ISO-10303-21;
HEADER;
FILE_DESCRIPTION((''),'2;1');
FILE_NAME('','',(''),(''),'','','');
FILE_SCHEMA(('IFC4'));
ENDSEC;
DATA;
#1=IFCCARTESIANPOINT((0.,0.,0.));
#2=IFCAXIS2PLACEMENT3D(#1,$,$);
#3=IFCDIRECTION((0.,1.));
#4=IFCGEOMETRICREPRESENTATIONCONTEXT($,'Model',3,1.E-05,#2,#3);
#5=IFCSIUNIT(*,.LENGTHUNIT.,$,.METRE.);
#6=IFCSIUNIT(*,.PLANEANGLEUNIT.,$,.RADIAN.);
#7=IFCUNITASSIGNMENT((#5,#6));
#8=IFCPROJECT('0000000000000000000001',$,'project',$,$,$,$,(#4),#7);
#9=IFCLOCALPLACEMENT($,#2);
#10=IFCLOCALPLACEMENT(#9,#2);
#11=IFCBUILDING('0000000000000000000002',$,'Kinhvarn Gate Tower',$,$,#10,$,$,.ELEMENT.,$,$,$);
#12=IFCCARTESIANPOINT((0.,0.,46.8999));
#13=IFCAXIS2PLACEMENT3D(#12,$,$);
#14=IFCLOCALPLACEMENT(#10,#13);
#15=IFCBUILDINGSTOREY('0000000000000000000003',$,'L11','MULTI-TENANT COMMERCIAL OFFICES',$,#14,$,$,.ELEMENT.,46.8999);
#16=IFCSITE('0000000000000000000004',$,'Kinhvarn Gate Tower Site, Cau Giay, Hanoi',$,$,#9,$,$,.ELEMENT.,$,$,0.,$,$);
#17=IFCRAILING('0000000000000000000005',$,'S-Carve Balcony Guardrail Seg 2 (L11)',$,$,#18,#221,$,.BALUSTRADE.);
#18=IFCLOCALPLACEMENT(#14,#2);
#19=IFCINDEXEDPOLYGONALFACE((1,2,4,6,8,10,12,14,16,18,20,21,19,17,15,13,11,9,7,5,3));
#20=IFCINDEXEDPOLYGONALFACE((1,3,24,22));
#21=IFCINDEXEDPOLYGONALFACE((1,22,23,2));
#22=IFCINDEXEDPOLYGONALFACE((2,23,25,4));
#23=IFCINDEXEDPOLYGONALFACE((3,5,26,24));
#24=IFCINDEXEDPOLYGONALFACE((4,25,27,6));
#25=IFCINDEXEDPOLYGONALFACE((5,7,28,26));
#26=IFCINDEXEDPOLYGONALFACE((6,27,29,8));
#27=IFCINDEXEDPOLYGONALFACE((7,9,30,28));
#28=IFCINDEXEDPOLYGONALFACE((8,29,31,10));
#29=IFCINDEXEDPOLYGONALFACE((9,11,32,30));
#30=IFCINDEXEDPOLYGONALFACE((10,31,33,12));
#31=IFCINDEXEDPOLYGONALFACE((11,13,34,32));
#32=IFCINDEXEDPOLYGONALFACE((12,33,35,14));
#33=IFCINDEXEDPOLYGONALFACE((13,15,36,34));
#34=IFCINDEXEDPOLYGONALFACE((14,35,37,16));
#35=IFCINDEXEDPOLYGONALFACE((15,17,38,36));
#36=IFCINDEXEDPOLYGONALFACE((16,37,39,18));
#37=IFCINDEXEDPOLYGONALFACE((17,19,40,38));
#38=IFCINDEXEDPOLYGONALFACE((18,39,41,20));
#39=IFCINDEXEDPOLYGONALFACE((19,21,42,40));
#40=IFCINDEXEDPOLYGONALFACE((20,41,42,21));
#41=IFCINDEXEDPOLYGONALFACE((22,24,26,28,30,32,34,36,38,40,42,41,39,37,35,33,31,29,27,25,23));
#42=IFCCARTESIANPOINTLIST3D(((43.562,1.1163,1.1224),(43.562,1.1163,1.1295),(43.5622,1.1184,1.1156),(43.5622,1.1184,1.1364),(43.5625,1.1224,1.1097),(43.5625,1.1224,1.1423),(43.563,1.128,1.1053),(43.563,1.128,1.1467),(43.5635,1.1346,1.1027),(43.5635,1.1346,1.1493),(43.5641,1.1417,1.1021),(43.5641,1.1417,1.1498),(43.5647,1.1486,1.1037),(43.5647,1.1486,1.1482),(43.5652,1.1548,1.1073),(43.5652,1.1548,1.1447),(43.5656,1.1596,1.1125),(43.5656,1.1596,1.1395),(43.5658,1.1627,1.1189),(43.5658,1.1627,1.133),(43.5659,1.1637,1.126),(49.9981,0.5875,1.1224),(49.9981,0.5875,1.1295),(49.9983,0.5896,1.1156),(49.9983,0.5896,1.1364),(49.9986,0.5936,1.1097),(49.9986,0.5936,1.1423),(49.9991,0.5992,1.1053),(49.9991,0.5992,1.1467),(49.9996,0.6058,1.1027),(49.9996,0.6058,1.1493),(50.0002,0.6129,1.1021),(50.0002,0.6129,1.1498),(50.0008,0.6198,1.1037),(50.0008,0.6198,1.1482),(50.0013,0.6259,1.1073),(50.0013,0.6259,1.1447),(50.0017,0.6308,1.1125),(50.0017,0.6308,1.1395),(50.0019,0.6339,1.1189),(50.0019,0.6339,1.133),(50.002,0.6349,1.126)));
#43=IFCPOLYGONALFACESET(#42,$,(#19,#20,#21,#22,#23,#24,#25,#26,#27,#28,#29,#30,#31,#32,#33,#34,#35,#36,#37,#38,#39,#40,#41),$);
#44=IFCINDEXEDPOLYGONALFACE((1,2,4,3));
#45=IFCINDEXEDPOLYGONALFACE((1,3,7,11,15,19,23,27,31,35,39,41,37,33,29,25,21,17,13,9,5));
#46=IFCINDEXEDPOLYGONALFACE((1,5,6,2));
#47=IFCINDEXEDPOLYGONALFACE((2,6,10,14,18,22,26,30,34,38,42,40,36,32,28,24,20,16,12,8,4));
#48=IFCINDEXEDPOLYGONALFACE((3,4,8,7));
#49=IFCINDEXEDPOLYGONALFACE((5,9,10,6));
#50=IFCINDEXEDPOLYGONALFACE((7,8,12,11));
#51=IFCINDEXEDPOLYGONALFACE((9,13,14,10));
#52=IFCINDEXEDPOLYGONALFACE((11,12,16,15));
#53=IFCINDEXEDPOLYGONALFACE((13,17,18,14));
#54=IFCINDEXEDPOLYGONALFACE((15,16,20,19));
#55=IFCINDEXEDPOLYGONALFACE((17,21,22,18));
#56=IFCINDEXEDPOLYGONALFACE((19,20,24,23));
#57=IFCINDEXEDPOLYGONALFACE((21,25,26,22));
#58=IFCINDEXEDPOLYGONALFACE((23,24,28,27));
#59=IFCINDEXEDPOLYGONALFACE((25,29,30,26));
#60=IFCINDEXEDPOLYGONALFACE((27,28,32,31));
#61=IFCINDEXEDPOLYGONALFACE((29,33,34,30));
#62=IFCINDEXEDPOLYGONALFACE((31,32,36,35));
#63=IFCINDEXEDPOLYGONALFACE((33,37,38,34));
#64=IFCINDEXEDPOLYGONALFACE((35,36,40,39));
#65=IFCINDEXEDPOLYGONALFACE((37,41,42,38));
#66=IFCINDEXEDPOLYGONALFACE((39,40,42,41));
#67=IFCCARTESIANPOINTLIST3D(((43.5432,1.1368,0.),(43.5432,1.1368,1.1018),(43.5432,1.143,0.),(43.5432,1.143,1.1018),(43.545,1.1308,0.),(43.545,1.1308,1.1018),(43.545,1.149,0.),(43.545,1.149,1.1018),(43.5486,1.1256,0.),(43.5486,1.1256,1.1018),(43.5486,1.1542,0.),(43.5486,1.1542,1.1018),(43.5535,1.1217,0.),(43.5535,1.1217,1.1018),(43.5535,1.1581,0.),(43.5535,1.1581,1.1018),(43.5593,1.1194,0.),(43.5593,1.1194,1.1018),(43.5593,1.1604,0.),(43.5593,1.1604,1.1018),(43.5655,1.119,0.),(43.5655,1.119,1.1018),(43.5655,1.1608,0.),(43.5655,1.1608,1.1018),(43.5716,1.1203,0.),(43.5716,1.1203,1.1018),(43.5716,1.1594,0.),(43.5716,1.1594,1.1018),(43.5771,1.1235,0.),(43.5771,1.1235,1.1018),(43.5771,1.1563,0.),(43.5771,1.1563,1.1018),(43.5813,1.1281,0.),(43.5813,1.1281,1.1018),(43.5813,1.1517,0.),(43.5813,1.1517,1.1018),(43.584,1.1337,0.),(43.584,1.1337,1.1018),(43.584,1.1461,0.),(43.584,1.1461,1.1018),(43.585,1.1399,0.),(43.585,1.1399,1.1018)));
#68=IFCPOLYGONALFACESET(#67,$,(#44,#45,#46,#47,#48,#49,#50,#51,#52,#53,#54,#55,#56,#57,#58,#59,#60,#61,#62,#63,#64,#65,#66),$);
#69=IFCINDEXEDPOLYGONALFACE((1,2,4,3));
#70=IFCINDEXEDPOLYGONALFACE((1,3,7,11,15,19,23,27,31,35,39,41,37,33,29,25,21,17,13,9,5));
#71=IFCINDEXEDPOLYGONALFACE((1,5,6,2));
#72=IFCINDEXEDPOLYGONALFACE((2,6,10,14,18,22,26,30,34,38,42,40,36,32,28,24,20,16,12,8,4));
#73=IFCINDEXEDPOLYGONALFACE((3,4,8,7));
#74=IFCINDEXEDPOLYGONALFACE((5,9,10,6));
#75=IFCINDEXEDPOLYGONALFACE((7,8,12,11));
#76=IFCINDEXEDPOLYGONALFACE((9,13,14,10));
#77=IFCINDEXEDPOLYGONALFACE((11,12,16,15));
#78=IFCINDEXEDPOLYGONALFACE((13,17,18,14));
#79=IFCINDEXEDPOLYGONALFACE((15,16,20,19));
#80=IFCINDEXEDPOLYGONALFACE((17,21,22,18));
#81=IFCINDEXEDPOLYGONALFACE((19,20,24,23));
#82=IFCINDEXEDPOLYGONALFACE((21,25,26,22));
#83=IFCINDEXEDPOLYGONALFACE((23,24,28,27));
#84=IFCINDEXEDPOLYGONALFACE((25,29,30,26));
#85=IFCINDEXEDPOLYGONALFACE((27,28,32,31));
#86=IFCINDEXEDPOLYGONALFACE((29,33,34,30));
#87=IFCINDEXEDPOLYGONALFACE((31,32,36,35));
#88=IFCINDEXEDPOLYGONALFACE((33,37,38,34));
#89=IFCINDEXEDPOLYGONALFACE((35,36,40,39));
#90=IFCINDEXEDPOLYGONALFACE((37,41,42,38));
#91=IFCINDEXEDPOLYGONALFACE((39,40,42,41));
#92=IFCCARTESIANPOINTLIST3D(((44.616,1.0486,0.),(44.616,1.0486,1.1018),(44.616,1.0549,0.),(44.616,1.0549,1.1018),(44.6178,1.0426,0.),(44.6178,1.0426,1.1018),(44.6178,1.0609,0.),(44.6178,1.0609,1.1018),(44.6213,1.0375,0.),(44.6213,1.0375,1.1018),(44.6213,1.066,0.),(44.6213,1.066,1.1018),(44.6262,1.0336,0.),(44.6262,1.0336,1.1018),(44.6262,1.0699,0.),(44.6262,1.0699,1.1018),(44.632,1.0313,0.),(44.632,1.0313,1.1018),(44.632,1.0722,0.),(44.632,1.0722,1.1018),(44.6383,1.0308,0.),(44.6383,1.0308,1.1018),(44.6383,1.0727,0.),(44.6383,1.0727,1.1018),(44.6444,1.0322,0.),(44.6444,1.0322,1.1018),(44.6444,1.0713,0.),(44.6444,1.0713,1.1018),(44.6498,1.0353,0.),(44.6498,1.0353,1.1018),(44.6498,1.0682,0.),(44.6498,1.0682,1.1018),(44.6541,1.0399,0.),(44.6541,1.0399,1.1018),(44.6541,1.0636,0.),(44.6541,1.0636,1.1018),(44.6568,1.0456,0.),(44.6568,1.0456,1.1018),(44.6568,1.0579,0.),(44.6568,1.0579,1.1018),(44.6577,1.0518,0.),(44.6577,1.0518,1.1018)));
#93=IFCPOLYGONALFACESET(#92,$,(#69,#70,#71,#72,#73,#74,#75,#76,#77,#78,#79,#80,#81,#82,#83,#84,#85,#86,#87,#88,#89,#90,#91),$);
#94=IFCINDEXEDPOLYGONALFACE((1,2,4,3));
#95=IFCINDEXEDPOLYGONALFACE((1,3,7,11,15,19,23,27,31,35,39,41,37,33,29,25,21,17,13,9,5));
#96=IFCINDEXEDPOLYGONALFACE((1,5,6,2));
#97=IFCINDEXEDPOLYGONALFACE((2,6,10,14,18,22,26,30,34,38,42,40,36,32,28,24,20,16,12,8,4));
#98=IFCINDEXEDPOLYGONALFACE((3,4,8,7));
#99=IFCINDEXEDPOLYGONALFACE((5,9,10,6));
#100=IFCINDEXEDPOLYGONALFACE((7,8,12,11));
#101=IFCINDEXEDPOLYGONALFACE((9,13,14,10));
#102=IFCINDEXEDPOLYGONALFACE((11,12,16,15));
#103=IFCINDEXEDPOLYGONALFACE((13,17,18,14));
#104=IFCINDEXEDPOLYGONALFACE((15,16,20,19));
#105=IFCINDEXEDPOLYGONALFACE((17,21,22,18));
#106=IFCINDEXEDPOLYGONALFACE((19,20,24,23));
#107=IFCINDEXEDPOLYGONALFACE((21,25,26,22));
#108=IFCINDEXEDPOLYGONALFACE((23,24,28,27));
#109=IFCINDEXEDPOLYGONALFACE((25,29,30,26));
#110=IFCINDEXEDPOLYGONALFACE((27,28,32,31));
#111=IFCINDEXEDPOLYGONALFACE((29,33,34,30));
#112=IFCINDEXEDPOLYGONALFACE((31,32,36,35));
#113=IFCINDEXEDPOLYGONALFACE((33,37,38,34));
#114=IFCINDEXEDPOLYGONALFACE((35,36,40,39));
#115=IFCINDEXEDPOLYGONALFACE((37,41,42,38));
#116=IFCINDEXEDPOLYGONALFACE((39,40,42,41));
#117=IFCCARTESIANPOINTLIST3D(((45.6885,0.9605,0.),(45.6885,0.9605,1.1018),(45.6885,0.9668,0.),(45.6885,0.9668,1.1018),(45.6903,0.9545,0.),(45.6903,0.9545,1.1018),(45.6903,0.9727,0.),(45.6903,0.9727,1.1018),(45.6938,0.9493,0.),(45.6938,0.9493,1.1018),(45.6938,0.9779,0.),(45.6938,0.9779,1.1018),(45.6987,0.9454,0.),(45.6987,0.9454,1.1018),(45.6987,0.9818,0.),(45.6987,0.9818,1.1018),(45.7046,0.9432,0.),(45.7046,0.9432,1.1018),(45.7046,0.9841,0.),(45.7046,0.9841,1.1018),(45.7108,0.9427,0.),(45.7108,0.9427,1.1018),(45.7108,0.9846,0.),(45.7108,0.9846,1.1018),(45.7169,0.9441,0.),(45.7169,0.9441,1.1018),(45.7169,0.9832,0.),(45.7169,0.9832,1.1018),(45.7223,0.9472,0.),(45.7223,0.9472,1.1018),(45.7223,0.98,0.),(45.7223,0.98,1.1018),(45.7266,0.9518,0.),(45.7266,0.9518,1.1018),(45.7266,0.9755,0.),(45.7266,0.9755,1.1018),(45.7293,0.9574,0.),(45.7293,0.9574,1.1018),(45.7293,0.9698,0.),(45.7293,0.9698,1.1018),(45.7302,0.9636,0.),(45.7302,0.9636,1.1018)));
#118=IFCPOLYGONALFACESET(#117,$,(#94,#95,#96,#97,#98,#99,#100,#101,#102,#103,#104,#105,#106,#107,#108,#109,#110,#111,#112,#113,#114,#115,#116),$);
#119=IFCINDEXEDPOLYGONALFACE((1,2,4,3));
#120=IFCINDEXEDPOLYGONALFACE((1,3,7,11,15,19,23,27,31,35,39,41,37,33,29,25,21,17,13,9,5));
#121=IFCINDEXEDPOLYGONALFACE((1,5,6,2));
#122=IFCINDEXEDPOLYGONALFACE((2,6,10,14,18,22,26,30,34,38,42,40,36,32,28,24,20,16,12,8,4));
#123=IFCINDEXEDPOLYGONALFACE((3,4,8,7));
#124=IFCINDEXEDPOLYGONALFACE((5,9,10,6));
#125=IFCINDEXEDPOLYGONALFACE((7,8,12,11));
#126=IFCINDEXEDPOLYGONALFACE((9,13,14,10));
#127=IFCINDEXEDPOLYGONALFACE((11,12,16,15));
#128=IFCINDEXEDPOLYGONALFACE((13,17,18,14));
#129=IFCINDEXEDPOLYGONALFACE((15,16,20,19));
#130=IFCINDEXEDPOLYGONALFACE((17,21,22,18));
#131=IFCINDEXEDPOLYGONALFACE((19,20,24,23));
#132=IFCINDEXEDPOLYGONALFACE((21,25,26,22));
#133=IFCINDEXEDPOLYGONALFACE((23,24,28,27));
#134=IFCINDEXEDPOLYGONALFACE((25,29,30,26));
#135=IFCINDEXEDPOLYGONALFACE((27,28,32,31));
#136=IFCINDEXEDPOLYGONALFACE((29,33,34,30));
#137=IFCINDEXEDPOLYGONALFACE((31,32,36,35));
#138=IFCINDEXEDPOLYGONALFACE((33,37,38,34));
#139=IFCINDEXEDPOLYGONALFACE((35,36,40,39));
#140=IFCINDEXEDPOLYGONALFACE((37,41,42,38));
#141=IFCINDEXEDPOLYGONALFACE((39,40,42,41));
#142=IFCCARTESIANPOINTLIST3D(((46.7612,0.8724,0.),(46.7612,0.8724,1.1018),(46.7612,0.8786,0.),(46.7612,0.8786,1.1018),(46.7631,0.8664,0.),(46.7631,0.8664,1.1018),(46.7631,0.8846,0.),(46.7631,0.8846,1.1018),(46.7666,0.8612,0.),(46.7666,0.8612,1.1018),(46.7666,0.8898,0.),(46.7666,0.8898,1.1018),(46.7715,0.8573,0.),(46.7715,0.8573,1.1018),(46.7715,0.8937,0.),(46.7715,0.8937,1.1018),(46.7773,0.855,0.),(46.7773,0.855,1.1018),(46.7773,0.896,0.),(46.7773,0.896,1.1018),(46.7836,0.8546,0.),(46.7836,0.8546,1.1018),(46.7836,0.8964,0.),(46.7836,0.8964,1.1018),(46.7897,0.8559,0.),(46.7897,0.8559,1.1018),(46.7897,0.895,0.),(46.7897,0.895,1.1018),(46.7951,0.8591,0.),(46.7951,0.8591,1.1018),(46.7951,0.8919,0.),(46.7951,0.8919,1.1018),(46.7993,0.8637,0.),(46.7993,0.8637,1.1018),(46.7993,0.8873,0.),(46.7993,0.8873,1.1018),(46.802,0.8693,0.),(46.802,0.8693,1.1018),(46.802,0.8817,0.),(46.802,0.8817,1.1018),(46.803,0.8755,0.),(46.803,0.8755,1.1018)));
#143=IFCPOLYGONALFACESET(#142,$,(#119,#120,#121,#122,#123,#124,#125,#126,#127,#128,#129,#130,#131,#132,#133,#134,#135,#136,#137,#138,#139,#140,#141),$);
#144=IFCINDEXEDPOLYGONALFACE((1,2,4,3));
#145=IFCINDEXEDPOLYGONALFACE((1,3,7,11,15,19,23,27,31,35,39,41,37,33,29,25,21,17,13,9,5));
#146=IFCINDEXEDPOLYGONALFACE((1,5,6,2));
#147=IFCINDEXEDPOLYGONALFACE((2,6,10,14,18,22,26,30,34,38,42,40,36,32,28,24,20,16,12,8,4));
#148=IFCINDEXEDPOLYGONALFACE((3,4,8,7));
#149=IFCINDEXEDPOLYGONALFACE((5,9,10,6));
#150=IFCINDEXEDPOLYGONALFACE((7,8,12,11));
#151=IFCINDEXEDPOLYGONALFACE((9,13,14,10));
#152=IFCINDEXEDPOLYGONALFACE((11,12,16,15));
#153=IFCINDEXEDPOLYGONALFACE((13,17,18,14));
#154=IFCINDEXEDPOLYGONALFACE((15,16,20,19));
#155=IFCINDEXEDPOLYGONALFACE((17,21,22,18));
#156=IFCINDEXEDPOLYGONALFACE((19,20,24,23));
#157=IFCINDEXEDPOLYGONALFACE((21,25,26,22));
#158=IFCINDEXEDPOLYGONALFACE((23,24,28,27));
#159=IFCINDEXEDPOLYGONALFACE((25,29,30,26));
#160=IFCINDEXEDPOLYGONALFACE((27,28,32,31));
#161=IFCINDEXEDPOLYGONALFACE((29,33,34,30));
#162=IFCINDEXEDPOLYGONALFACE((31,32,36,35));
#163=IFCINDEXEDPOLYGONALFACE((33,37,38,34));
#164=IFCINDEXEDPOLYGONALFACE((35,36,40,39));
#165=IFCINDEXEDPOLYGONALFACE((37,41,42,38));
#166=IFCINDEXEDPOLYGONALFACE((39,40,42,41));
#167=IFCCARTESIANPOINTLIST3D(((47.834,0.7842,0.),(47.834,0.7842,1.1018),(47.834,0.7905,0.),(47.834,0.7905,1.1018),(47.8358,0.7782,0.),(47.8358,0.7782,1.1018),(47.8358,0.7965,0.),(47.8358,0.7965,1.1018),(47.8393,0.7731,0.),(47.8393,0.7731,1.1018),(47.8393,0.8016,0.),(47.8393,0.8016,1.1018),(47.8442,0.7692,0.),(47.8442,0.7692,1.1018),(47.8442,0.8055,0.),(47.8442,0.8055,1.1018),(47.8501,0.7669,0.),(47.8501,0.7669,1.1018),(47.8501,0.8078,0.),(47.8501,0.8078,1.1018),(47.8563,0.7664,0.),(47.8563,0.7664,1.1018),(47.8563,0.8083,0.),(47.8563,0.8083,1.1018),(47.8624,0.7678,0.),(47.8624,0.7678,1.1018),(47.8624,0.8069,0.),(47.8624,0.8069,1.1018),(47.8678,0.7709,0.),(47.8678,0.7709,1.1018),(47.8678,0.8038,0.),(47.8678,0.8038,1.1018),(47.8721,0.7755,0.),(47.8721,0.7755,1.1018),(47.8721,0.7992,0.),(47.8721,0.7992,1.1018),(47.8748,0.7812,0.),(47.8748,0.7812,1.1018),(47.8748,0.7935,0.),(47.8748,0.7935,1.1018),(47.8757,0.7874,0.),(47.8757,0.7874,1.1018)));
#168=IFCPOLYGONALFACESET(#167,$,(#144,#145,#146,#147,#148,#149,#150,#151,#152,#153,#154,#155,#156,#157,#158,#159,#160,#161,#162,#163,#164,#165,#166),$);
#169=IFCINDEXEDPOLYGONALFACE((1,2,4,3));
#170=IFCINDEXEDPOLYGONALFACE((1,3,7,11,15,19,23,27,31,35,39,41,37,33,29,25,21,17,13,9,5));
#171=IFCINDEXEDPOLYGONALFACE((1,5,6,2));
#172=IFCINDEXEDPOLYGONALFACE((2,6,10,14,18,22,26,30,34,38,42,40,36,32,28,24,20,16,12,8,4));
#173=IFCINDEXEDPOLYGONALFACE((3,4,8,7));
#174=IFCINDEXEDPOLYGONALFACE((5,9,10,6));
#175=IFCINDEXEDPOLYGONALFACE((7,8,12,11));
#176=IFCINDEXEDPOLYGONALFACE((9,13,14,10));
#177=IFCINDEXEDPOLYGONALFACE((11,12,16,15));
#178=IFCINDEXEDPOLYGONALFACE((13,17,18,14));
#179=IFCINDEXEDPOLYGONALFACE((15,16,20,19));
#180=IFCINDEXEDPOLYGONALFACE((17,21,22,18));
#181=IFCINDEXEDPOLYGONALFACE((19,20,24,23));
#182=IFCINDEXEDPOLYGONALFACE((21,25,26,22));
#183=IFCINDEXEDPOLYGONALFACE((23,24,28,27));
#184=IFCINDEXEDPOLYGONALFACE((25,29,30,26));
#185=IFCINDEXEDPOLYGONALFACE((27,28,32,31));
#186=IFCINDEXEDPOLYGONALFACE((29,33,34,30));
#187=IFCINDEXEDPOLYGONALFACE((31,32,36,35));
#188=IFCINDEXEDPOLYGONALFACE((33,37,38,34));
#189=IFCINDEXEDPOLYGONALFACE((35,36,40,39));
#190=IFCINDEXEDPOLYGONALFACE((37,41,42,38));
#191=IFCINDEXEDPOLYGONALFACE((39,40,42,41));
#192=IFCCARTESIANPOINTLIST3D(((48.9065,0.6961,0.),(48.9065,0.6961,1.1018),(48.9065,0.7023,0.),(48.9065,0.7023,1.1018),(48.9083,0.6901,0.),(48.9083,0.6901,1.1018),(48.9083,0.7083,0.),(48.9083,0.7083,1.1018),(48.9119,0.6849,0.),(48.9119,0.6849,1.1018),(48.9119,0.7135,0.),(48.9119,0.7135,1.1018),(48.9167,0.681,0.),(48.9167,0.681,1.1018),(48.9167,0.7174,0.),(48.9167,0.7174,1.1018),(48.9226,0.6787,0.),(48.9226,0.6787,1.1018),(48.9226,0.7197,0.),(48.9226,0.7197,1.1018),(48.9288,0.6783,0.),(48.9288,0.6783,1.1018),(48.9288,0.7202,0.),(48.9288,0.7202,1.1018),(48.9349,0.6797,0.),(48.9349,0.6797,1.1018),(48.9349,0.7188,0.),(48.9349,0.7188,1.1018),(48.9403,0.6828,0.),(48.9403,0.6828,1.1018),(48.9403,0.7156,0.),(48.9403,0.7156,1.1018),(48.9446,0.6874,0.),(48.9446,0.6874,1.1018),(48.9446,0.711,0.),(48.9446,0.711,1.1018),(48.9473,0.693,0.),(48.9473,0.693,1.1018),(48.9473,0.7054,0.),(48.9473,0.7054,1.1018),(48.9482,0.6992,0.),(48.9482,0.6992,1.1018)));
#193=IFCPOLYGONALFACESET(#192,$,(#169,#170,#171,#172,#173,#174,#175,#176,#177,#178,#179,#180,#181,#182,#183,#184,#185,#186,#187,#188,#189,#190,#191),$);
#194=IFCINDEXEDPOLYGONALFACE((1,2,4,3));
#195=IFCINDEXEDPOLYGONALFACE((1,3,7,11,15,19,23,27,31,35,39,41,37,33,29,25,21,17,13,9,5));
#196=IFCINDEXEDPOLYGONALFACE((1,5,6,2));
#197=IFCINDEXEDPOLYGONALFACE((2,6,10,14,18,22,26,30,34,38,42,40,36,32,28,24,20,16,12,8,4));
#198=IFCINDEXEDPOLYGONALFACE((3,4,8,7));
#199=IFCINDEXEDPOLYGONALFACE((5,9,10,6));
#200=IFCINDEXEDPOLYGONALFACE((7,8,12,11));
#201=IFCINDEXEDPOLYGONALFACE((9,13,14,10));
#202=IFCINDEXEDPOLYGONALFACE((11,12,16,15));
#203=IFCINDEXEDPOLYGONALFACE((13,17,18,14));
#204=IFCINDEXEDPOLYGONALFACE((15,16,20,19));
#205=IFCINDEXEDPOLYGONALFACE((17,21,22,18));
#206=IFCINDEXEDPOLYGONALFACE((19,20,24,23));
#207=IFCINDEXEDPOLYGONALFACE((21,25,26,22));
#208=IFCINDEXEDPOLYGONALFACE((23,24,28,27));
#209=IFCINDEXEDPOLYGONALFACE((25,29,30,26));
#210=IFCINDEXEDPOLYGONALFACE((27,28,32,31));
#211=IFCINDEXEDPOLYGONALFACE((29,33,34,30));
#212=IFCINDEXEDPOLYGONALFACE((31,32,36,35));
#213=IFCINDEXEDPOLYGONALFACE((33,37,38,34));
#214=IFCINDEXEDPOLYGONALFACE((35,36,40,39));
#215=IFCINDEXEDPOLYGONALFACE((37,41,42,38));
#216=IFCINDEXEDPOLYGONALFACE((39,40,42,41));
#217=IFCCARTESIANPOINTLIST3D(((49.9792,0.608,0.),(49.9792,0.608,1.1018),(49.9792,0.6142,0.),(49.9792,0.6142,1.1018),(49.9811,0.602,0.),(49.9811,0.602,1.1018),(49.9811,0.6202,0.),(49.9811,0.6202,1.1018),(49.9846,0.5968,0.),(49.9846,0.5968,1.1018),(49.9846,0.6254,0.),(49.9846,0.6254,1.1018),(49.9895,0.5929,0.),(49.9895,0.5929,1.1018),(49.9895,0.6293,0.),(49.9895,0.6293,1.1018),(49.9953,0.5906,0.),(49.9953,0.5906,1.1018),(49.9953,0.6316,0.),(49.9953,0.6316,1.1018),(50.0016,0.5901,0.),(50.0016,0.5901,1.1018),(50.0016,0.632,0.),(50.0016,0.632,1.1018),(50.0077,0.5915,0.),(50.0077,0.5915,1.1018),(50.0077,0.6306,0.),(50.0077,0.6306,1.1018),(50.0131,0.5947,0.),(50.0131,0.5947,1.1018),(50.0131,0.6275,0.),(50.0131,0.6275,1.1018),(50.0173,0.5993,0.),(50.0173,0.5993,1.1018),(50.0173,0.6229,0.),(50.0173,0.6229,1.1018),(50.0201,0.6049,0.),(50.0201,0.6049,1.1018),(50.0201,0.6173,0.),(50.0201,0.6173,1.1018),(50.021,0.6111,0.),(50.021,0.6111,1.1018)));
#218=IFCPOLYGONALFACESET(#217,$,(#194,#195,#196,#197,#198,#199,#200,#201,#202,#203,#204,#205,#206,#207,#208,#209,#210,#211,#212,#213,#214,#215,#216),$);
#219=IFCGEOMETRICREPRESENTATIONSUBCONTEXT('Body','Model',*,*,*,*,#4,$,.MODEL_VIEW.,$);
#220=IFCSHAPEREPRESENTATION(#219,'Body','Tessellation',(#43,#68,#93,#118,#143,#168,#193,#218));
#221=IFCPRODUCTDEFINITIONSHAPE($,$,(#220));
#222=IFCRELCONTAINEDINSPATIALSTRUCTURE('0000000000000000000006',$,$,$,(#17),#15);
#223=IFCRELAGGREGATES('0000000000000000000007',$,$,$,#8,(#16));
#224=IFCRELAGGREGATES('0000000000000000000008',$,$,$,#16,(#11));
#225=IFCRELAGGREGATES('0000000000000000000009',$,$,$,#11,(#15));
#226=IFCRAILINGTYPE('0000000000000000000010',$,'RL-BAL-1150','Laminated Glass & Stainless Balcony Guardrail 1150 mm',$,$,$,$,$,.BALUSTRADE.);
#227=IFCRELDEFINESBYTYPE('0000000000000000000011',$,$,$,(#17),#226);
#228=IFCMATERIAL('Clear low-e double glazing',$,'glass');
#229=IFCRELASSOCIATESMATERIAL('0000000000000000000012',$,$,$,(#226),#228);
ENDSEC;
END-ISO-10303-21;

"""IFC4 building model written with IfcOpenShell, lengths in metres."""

from ifc_helpers import new_model, si_unit, direction, frame, origin, origin_2d, place, context, subcontext, project, spatial, circle, extrude, material, type_object, element, save


model = new_model("IFC4")

# Units and contexts
model_context = context("Model", 3, precision=1e-05, world=origin(), true_north=direction((0.0, 1.0)))
body_context = subcontext(model_context, "Body", "Model", "MODEL_VIEW")
ifc_project = project(units=[si_unit("LENGTHUNIT", "METRE"), si_unit("PLANEANGLEUNIT", "RADIAN")], contexts=[model_context])

# Site, building, storey
site_placement = place(None, origin())
site = spatial("IfcSite", under=ifc_project, at=site_placement, Name="Kinhvarn Gate Tower Site, Cau Giay, Hanoi", CompositionType="ELEMENT", RefElevation=0.0)
building_placement = place(site_placement, origin())
building = spatial("IfcBuilding", under=site, at=building_placement, Name="Kinhvarn Gate Tower", CompositionType="ELEMENT")
storey_placement = place(building_placement, frame((0.0, 0.0, 46.8999)))
storey = spatial("IfcBuildingStorey", under=building, at=storey_placement, Name="L11", Description="MULTI-TENANT COMMERCIAL OFFICES", CompositionType="ELEMENT", Elevation=46.8999)

# Shared definitions
ifc_material_1 = material(Name="Clear low-e double glazing", Category="glass")

# Railing
railing_type = type_object("IfcRailingType", Name="RL-BAL-1150", Description="Laminated Glass & Stainless Balcony Guardrail 1150 mm", PredefinedType="BALUSTRADE", material=ifc_material_1)
railing_1_placement = place(storey_placement, frame((43.564, 1.1399, 0.0)))
element("IfcRailing", 1, at=railing_1_placement, inside=storey, type_object=railing_type, Name="S-Carve Balcony Guardrail Seg 2 (L11)", PredefinedType="BALUSTRADE", context=body_context, shape_type="SweptSolid", body=[
    extrude(circle(Radius=0.0239, at=origin_2d()), frame((0.0, 0.0, 1.126), z_axis=(0.996642, -0.081888, 0.0), x_axis=(0.081888, 0.996642, 0.0)), (0.0, 0.0, 1.0), 6.4578),
    extrude(circle(Radius=0.021, at=origin_2d()), origin(), (0.0, 0.0, 1.0), 1.1018),
    extrude(circle(Radius=0.021, at=origin_2d()), frame((1.0728, -0.0881, 0.0)), (0.0, 0.0, 1.0), 1.1018),
    extrude(circle(Radius=0.021, at=origin_2d()), frame((2.1453, -0.1763, 0.0)), (0.0, 0.0, 1.0), 1.1018),
    extrude(circle(Radius=0.021, at=origin_2d()), frame((3.218, -0.2644, 0.0)), (0.0, 0.0, 1.0), 1.1018),
    extrude(circle(Radius=0.021, at=origin_2d()), frame((4.2908, -0.3525, 0.0)), (0.0, 0.0, 1.0), 1.1018),
    extrude(circle(Radius=0.021, at=origin_2d()), frame((5.3633, -0.4407, 0.0)), (0.0, 0.0, 1.0), 1.1018),
    extrude(circle(Radius=0.021, at=origin_2d()), frame((6.436, -0.5288, 0.0)), (0.0, 0.0, 1.0), 1.1018),
])

save(model, "model.ifc")
